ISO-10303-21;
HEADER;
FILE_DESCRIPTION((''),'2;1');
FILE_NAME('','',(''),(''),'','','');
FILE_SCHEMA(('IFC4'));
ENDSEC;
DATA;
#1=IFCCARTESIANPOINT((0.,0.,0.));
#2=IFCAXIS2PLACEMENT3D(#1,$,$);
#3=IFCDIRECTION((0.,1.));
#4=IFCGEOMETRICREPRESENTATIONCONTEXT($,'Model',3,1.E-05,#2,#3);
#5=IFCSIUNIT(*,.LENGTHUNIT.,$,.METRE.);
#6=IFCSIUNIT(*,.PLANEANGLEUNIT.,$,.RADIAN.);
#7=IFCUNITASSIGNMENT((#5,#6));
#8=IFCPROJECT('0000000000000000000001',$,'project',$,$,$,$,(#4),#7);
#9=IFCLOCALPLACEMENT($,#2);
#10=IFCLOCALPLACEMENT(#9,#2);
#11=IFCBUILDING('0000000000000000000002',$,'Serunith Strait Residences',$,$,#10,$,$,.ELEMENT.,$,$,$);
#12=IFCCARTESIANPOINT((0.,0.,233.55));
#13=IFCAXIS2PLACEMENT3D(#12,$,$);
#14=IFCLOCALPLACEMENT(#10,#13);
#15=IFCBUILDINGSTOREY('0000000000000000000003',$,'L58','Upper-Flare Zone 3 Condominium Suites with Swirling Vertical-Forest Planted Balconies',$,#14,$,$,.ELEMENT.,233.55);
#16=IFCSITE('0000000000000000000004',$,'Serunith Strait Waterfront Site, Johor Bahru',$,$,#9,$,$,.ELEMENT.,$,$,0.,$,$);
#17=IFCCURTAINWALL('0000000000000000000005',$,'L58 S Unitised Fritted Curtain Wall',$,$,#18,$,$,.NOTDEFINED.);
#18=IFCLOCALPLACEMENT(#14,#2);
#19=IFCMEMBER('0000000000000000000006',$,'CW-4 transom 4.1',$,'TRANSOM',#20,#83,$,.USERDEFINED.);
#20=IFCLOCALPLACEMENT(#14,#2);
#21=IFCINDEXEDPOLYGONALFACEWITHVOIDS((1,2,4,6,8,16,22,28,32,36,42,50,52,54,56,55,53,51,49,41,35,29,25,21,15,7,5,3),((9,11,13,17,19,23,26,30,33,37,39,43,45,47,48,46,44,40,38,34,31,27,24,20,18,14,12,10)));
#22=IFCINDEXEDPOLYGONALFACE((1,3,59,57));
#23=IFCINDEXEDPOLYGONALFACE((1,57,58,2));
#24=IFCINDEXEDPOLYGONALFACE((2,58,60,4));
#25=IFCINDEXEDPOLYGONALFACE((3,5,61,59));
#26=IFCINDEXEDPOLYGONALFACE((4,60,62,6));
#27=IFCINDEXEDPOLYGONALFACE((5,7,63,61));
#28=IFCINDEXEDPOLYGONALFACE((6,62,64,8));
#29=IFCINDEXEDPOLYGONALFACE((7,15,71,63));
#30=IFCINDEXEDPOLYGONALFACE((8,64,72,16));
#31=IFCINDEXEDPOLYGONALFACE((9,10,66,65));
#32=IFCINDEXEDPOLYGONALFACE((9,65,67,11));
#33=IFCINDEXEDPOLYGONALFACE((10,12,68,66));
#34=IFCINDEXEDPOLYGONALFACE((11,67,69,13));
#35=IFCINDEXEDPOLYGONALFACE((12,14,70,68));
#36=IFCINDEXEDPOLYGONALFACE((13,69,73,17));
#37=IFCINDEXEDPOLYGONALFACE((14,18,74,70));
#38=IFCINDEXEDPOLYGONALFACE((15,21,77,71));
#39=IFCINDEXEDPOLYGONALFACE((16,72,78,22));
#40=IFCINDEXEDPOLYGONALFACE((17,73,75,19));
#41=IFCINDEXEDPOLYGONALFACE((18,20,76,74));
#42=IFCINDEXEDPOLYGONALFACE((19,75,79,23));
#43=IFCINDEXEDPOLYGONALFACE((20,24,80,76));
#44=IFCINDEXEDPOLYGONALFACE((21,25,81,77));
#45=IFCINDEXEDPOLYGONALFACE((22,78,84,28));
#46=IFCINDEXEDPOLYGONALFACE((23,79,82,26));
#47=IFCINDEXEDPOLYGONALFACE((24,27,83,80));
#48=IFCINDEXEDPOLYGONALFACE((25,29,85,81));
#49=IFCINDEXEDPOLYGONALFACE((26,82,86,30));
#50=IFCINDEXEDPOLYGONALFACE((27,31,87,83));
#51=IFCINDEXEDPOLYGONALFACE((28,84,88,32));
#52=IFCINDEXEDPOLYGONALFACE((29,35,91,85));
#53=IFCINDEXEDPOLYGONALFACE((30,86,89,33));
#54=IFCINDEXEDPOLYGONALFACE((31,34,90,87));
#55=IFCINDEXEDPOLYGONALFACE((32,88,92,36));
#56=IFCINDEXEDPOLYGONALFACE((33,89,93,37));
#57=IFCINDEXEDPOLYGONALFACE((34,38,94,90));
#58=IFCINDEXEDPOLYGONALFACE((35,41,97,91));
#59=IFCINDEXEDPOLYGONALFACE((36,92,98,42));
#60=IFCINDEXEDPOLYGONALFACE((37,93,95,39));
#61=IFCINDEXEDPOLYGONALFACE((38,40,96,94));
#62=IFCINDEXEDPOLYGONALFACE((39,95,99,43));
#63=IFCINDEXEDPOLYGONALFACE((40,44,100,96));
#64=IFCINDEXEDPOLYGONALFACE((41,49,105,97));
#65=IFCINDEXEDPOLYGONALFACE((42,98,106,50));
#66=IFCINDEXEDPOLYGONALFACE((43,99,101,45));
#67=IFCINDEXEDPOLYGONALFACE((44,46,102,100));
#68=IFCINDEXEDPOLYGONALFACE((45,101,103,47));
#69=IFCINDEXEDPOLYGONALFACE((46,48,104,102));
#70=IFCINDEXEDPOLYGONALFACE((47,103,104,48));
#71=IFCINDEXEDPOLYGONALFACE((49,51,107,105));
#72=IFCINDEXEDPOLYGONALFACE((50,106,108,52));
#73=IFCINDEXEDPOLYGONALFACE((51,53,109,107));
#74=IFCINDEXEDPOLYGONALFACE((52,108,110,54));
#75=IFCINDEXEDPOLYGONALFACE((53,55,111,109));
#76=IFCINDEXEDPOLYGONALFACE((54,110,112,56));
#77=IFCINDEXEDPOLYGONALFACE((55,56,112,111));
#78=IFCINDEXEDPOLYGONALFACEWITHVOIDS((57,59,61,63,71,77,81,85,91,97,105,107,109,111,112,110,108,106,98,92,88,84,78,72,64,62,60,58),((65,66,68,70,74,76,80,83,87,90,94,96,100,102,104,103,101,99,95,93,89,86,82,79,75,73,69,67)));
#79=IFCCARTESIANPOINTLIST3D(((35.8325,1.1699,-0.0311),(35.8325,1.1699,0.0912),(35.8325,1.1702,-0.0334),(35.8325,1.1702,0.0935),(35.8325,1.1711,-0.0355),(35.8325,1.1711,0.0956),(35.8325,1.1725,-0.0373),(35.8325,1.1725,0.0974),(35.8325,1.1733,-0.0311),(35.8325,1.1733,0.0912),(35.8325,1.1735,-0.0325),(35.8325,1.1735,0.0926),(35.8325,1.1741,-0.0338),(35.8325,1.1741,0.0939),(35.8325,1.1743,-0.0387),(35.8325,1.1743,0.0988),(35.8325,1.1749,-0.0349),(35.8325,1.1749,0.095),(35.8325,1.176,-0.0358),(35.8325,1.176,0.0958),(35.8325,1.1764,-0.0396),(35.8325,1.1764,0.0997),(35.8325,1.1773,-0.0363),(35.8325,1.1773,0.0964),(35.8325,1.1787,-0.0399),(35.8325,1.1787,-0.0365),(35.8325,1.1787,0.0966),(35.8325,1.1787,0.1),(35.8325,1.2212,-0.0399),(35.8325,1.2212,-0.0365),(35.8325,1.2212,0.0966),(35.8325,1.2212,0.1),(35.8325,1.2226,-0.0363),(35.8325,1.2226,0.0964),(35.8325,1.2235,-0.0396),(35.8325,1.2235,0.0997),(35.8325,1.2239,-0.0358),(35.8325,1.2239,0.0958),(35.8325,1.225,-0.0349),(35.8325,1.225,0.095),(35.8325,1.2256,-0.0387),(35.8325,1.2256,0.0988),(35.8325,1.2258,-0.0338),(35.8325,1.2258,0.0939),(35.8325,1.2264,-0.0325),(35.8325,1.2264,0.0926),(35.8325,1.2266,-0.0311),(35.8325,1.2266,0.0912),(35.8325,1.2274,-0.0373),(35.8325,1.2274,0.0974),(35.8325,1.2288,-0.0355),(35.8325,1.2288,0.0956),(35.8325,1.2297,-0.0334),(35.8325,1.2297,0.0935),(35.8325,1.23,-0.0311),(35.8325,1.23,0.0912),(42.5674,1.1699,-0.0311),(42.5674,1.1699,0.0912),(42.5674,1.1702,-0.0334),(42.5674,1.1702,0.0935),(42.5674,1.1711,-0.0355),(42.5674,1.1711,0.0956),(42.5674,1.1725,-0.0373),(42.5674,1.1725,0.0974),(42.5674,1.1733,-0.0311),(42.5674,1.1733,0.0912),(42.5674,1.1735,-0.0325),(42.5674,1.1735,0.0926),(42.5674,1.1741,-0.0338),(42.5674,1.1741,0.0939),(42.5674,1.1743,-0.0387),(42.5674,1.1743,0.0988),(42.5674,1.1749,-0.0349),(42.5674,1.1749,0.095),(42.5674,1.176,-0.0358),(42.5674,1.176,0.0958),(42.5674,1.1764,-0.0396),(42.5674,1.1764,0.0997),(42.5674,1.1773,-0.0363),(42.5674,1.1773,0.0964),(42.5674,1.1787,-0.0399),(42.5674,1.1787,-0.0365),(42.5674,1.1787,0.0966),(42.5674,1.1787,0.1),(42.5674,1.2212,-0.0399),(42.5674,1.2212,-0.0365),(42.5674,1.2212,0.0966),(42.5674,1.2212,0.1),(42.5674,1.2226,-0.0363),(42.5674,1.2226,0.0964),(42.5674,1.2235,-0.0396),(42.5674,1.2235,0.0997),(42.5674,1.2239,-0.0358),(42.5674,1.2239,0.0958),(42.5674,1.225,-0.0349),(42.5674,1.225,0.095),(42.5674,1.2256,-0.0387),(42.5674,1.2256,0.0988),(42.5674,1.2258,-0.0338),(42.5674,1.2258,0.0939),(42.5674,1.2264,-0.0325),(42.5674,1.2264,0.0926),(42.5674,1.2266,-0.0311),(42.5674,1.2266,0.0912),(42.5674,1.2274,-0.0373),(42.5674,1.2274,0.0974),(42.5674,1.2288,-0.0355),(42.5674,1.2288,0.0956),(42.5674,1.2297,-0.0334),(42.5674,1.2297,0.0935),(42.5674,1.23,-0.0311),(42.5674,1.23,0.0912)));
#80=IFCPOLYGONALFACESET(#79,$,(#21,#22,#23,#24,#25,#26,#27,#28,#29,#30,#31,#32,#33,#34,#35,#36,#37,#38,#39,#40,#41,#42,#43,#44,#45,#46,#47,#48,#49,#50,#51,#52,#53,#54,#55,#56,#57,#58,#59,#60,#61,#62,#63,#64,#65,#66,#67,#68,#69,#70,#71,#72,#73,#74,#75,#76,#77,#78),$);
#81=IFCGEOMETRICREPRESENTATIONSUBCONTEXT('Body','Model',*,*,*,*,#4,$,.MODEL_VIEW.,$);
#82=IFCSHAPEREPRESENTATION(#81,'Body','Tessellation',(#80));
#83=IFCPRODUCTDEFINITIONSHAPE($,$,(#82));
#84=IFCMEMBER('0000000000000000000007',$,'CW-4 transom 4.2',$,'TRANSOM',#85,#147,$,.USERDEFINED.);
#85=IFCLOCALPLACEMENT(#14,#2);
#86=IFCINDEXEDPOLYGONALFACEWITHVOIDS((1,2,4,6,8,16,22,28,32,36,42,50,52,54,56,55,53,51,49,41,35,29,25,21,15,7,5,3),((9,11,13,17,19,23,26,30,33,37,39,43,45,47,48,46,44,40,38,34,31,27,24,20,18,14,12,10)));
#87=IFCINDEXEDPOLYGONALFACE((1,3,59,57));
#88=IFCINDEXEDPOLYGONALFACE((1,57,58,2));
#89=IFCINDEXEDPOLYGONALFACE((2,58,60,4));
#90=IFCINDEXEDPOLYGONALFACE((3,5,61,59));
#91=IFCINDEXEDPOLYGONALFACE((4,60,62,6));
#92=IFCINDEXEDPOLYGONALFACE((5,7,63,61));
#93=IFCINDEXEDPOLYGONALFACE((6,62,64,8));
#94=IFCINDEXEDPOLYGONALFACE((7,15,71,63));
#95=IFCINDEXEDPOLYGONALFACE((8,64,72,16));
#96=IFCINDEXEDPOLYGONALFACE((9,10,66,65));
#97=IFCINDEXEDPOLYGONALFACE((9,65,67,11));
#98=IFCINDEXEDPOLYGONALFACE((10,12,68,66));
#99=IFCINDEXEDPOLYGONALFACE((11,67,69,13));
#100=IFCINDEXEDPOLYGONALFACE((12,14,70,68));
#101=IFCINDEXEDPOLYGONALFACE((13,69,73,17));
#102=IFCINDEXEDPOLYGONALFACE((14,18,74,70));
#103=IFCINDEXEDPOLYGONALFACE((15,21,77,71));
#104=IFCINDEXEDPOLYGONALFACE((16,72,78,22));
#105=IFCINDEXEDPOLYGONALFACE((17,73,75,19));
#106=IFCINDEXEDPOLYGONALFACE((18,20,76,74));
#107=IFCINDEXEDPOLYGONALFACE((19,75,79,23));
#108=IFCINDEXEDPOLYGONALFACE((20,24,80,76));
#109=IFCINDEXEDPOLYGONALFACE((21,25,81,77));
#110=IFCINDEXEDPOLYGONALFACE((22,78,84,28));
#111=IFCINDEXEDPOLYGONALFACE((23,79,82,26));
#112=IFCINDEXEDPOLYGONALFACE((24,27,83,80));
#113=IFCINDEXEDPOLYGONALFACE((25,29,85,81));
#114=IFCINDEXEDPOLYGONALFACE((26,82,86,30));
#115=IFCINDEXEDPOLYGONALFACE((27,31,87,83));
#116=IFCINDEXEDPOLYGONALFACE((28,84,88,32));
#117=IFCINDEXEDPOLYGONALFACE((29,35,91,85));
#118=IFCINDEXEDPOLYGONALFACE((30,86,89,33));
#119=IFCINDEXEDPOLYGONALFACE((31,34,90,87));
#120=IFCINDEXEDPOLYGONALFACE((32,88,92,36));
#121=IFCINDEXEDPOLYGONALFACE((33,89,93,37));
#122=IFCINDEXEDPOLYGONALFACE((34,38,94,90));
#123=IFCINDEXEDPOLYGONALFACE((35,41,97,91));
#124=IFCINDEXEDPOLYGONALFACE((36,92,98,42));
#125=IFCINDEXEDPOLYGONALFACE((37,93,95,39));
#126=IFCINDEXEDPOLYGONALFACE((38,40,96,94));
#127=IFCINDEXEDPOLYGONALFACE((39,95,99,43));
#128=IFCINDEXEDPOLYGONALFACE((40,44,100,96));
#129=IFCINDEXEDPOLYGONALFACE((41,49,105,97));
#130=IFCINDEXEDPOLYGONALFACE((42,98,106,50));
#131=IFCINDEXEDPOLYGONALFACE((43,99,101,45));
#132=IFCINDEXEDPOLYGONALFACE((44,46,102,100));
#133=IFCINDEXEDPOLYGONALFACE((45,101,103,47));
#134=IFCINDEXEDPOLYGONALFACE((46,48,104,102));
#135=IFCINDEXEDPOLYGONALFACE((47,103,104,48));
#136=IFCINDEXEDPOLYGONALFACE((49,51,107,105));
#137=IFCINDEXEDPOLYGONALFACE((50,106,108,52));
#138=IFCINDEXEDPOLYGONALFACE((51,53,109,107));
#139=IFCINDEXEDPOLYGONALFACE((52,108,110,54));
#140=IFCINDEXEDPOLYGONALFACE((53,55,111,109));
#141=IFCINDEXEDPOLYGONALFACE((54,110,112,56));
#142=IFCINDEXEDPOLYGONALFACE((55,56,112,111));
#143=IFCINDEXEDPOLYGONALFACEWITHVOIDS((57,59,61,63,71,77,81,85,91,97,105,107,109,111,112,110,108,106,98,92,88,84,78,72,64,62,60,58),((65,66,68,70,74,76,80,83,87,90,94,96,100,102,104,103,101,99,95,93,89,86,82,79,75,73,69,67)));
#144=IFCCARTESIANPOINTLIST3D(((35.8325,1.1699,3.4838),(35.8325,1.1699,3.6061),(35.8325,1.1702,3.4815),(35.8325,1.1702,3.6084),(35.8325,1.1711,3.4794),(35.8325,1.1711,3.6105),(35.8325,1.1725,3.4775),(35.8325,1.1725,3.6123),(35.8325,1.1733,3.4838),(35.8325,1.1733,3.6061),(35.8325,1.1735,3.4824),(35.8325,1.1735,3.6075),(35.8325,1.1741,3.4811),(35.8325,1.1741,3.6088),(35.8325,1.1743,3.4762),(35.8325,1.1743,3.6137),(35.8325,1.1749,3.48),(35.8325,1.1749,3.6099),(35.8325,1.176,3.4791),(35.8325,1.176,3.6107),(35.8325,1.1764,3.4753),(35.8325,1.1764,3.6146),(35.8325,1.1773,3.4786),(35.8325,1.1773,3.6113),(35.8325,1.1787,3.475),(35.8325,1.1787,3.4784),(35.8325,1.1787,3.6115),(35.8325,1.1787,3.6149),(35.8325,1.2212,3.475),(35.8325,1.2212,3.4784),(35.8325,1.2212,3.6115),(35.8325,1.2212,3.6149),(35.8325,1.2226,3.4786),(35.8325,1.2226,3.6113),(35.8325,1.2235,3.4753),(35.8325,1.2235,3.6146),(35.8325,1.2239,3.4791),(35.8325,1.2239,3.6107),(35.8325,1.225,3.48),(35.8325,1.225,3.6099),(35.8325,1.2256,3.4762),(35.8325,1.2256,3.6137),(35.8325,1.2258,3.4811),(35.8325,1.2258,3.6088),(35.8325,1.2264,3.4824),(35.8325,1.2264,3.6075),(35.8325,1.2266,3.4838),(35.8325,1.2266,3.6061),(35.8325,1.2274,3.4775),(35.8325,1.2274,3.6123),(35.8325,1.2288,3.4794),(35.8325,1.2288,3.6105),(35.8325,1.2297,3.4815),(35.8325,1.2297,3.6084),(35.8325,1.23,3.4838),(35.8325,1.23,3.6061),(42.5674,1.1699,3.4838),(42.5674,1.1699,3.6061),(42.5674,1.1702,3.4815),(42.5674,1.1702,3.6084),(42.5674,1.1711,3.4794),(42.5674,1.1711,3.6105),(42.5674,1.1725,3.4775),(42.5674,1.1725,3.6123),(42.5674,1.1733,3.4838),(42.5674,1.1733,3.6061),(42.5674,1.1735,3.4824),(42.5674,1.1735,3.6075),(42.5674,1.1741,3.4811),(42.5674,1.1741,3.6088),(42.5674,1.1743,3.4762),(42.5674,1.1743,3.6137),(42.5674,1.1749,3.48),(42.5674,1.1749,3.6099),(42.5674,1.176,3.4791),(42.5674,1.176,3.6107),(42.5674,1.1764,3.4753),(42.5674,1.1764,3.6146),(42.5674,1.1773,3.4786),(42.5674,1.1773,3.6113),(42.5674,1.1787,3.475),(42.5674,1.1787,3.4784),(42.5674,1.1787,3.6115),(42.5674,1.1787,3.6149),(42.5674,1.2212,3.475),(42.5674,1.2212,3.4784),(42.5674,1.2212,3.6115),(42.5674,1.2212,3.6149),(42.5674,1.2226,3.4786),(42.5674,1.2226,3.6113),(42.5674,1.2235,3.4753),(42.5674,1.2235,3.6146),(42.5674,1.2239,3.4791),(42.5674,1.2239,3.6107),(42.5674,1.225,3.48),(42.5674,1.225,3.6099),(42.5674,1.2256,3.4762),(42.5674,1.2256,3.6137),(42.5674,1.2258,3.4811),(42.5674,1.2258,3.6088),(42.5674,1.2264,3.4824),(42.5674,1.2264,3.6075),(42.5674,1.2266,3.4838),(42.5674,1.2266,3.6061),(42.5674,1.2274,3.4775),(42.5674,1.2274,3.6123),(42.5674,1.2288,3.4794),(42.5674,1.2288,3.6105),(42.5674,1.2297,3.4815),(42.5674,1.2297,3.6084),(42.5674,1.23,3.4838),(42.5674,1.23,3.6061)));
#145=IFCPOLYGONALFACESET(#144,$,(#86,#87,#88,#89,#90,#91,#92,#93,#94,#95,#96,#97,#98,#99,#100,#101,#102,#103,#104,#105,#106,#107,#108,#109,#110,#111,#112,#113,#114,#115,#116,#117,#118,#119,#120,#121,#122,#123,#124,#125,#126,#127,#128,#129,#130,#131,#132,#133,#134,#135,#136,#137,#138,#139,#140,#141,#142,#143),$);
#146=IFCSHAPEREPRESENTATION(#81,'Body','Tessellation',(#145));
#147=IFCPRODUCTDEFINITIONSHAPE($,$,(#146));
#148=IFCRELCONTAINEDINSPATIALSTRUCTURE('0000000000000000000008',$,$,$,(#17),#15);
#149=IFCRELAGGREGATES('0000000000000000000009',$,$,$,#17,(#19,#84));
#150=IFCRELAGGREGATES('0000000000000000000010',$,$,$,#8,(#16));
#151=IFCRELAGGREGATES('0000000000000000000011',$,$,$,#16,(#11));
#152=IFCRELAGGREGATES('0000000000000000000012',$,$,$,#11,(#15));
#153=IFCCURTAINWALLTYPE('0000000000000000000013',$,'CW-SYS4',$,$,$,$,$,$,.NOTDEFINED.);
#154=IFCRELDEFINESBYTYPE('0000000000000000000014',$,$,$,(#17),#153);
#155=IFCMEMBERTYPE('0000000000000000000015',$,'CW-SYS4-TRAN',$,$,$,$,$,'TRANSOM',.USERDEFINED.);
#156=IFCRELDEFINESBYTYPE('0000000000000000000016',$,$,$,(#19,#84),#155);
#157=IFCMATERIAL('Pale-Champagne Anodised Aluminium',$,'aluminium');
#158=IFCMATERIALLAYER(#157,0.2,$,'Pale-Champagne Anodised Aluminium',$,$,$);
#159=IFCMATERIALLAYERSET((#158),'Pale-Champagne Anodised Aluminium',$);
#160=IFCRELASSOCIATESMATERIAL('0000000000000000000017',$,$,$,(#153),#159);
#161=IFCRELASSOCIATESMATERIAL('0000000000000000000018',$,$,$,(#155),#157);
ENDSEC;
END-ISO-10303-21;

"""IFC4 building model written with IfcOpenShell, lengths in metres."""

from ifc_helpers import new_model, si_unit, direction, frame, origin, origin_2d, place, context, subcontext, project, spatial, hollow_rectangle, extrude, source, transform, mapped, material, layer, layer_set, material_profile, profile_set, type_object, element, aggregate, save


model = new_model("IFC4")

# Units and contexts
model_context = context("Model", 3, precision=1e-05, world=origin(), true_north=direction((0.0, 1.0)))
body_context = subcontext(model_context, "Body", "Model", "MODEL_VIEW")
ifc_project = project(units=[si_unit("LENGTHUNIT", "METRE"), si_unit("PLANEANGLEUNIT", "RADIAN")], contexts=[model_context])

# Site, building, storey
site_placement = place(None, origin())
site = spatial("IfcSite", under=ifc_project, at=site_placement, Name="Serunith Strait Waterfront Site, Johor Bahru", CompositionType="ELEMENT", RefElevation=0.0)
building_placement = place(site_placement, origin())
building = spatial("IfcBuilding", under=site, at=building_placement, Name="Serunith Strait Residences", CompositionType="ELEMENT")
storey_placement = place(building_placement, frame((0.0, 0.0, 233.55)))
storey = spatial("IfcBuildingStorey", under=building, at=storey_placement, Name="L58", Description="Upper-Flare Zone 3 Condominium Suites with Swirling Vertical-Forest Planted Balconies", CompositionType="ELEMENT", Elevation=233.55)

# Curtain wall, members
ifc_material_1 = material(Name="Pale-Champagne Anodised Aluminium", Category="aluminium")
ifc_layer_1 = layer(ifc_material_1, 0.2, Name="Pale-Champagne Anodised Aluminium")
ifc_layer_set_1 = layer_set([ifc_layer_1], Name="Pale-Champagne Anodised Aluminium")
curtain_wall_type = type_object("IfcCurtainWallType", Name="CW-SYS4", PredefinedType="NOTDEFINED", material=ifc_layer_set_1)
curtain_wall_placement = place(storey_placement, origin())
curtain_wall = element("IfcCurtainWall", 1, at=curtain_wall_placement, inside=storey, type_object=curtain_wall_type, Name="L58 S Unitised Fritted Curtain Wall", PredefinedType="NOTDEFINED")
ifc_material_profile_1 = material_profile(ifc_material_1, hollow_rectangle(XDim=0.0601, YDim=0.1399, WallThickness=0.0034, InnerFilletRadius=0.0054, OuterFilletRadius=0.0088, at=origin_2d()), Name="ALU 140x60x3.5")
ifc_profile_set_1 = profile_set([ifc_material_profile_1], Name="Pale-Champagne Anodised Aluminium")
member_type_1 = type_object("IfcMemberType", Name="CW-SYS4-TRAN", ElementType="TRANSOM", PredefinedType="USERDEFINED", material=ifc_profile_set_1)
shared_shape_1 = source(origin(), body_context, "Body", "SweptSolid", [
    extrude(hollow_rectangle(XDim=0.0601, YDim=0.1399, WallThickness=0.0034, InnerFilletRadius=0.0054, OuterFilletRadius=0.0088, at=origin_2d()), origin(), (0.0, 0.0, 1.0), 6.7349),
])
member_1_placement = place(storey_placement, frame((35.8325, 1.2, 0.03), z_axis=(1.0, 0.0, 0.0), x_axis=(0.0, 1.0, 0.0)))
member_1 = element("IfcMember", 2, at=member_1_placement, type_object=member_type_1, Name="CW-4 transom 4.1", ObjectType="TRANSOM", PredefinedType="USERDEFINED", context=body_context, shape_type="MappedRepresentation", body=[
    mapped(shared_shape_1, transform((0.0, 0.0, 0.0), scale=1.0)),
])
member_2_placement = place(storey_placement, frame((35.8325, 1.2, 3.5449), z_axis=(1.0, 0.0, 0.0), x_axis=(0.0, 1.0, 0.0)))
member_2 = element("IfcMember", 3, at=member_2_placement, type_object=member_type_1, Name="CW-4 transom 4.2", ObjectType="TRANSOM", PredefinedType="USERDEFINED", context=body_context, shape_type="MappedRepresentation", body=[
    mapped(shared_shape_1, transform((0.0, 0.0, 0.0), scale=1.0)),
])
aggregate(curtain_wall, [member_1, member_2])

save(model, "model.ifc")
